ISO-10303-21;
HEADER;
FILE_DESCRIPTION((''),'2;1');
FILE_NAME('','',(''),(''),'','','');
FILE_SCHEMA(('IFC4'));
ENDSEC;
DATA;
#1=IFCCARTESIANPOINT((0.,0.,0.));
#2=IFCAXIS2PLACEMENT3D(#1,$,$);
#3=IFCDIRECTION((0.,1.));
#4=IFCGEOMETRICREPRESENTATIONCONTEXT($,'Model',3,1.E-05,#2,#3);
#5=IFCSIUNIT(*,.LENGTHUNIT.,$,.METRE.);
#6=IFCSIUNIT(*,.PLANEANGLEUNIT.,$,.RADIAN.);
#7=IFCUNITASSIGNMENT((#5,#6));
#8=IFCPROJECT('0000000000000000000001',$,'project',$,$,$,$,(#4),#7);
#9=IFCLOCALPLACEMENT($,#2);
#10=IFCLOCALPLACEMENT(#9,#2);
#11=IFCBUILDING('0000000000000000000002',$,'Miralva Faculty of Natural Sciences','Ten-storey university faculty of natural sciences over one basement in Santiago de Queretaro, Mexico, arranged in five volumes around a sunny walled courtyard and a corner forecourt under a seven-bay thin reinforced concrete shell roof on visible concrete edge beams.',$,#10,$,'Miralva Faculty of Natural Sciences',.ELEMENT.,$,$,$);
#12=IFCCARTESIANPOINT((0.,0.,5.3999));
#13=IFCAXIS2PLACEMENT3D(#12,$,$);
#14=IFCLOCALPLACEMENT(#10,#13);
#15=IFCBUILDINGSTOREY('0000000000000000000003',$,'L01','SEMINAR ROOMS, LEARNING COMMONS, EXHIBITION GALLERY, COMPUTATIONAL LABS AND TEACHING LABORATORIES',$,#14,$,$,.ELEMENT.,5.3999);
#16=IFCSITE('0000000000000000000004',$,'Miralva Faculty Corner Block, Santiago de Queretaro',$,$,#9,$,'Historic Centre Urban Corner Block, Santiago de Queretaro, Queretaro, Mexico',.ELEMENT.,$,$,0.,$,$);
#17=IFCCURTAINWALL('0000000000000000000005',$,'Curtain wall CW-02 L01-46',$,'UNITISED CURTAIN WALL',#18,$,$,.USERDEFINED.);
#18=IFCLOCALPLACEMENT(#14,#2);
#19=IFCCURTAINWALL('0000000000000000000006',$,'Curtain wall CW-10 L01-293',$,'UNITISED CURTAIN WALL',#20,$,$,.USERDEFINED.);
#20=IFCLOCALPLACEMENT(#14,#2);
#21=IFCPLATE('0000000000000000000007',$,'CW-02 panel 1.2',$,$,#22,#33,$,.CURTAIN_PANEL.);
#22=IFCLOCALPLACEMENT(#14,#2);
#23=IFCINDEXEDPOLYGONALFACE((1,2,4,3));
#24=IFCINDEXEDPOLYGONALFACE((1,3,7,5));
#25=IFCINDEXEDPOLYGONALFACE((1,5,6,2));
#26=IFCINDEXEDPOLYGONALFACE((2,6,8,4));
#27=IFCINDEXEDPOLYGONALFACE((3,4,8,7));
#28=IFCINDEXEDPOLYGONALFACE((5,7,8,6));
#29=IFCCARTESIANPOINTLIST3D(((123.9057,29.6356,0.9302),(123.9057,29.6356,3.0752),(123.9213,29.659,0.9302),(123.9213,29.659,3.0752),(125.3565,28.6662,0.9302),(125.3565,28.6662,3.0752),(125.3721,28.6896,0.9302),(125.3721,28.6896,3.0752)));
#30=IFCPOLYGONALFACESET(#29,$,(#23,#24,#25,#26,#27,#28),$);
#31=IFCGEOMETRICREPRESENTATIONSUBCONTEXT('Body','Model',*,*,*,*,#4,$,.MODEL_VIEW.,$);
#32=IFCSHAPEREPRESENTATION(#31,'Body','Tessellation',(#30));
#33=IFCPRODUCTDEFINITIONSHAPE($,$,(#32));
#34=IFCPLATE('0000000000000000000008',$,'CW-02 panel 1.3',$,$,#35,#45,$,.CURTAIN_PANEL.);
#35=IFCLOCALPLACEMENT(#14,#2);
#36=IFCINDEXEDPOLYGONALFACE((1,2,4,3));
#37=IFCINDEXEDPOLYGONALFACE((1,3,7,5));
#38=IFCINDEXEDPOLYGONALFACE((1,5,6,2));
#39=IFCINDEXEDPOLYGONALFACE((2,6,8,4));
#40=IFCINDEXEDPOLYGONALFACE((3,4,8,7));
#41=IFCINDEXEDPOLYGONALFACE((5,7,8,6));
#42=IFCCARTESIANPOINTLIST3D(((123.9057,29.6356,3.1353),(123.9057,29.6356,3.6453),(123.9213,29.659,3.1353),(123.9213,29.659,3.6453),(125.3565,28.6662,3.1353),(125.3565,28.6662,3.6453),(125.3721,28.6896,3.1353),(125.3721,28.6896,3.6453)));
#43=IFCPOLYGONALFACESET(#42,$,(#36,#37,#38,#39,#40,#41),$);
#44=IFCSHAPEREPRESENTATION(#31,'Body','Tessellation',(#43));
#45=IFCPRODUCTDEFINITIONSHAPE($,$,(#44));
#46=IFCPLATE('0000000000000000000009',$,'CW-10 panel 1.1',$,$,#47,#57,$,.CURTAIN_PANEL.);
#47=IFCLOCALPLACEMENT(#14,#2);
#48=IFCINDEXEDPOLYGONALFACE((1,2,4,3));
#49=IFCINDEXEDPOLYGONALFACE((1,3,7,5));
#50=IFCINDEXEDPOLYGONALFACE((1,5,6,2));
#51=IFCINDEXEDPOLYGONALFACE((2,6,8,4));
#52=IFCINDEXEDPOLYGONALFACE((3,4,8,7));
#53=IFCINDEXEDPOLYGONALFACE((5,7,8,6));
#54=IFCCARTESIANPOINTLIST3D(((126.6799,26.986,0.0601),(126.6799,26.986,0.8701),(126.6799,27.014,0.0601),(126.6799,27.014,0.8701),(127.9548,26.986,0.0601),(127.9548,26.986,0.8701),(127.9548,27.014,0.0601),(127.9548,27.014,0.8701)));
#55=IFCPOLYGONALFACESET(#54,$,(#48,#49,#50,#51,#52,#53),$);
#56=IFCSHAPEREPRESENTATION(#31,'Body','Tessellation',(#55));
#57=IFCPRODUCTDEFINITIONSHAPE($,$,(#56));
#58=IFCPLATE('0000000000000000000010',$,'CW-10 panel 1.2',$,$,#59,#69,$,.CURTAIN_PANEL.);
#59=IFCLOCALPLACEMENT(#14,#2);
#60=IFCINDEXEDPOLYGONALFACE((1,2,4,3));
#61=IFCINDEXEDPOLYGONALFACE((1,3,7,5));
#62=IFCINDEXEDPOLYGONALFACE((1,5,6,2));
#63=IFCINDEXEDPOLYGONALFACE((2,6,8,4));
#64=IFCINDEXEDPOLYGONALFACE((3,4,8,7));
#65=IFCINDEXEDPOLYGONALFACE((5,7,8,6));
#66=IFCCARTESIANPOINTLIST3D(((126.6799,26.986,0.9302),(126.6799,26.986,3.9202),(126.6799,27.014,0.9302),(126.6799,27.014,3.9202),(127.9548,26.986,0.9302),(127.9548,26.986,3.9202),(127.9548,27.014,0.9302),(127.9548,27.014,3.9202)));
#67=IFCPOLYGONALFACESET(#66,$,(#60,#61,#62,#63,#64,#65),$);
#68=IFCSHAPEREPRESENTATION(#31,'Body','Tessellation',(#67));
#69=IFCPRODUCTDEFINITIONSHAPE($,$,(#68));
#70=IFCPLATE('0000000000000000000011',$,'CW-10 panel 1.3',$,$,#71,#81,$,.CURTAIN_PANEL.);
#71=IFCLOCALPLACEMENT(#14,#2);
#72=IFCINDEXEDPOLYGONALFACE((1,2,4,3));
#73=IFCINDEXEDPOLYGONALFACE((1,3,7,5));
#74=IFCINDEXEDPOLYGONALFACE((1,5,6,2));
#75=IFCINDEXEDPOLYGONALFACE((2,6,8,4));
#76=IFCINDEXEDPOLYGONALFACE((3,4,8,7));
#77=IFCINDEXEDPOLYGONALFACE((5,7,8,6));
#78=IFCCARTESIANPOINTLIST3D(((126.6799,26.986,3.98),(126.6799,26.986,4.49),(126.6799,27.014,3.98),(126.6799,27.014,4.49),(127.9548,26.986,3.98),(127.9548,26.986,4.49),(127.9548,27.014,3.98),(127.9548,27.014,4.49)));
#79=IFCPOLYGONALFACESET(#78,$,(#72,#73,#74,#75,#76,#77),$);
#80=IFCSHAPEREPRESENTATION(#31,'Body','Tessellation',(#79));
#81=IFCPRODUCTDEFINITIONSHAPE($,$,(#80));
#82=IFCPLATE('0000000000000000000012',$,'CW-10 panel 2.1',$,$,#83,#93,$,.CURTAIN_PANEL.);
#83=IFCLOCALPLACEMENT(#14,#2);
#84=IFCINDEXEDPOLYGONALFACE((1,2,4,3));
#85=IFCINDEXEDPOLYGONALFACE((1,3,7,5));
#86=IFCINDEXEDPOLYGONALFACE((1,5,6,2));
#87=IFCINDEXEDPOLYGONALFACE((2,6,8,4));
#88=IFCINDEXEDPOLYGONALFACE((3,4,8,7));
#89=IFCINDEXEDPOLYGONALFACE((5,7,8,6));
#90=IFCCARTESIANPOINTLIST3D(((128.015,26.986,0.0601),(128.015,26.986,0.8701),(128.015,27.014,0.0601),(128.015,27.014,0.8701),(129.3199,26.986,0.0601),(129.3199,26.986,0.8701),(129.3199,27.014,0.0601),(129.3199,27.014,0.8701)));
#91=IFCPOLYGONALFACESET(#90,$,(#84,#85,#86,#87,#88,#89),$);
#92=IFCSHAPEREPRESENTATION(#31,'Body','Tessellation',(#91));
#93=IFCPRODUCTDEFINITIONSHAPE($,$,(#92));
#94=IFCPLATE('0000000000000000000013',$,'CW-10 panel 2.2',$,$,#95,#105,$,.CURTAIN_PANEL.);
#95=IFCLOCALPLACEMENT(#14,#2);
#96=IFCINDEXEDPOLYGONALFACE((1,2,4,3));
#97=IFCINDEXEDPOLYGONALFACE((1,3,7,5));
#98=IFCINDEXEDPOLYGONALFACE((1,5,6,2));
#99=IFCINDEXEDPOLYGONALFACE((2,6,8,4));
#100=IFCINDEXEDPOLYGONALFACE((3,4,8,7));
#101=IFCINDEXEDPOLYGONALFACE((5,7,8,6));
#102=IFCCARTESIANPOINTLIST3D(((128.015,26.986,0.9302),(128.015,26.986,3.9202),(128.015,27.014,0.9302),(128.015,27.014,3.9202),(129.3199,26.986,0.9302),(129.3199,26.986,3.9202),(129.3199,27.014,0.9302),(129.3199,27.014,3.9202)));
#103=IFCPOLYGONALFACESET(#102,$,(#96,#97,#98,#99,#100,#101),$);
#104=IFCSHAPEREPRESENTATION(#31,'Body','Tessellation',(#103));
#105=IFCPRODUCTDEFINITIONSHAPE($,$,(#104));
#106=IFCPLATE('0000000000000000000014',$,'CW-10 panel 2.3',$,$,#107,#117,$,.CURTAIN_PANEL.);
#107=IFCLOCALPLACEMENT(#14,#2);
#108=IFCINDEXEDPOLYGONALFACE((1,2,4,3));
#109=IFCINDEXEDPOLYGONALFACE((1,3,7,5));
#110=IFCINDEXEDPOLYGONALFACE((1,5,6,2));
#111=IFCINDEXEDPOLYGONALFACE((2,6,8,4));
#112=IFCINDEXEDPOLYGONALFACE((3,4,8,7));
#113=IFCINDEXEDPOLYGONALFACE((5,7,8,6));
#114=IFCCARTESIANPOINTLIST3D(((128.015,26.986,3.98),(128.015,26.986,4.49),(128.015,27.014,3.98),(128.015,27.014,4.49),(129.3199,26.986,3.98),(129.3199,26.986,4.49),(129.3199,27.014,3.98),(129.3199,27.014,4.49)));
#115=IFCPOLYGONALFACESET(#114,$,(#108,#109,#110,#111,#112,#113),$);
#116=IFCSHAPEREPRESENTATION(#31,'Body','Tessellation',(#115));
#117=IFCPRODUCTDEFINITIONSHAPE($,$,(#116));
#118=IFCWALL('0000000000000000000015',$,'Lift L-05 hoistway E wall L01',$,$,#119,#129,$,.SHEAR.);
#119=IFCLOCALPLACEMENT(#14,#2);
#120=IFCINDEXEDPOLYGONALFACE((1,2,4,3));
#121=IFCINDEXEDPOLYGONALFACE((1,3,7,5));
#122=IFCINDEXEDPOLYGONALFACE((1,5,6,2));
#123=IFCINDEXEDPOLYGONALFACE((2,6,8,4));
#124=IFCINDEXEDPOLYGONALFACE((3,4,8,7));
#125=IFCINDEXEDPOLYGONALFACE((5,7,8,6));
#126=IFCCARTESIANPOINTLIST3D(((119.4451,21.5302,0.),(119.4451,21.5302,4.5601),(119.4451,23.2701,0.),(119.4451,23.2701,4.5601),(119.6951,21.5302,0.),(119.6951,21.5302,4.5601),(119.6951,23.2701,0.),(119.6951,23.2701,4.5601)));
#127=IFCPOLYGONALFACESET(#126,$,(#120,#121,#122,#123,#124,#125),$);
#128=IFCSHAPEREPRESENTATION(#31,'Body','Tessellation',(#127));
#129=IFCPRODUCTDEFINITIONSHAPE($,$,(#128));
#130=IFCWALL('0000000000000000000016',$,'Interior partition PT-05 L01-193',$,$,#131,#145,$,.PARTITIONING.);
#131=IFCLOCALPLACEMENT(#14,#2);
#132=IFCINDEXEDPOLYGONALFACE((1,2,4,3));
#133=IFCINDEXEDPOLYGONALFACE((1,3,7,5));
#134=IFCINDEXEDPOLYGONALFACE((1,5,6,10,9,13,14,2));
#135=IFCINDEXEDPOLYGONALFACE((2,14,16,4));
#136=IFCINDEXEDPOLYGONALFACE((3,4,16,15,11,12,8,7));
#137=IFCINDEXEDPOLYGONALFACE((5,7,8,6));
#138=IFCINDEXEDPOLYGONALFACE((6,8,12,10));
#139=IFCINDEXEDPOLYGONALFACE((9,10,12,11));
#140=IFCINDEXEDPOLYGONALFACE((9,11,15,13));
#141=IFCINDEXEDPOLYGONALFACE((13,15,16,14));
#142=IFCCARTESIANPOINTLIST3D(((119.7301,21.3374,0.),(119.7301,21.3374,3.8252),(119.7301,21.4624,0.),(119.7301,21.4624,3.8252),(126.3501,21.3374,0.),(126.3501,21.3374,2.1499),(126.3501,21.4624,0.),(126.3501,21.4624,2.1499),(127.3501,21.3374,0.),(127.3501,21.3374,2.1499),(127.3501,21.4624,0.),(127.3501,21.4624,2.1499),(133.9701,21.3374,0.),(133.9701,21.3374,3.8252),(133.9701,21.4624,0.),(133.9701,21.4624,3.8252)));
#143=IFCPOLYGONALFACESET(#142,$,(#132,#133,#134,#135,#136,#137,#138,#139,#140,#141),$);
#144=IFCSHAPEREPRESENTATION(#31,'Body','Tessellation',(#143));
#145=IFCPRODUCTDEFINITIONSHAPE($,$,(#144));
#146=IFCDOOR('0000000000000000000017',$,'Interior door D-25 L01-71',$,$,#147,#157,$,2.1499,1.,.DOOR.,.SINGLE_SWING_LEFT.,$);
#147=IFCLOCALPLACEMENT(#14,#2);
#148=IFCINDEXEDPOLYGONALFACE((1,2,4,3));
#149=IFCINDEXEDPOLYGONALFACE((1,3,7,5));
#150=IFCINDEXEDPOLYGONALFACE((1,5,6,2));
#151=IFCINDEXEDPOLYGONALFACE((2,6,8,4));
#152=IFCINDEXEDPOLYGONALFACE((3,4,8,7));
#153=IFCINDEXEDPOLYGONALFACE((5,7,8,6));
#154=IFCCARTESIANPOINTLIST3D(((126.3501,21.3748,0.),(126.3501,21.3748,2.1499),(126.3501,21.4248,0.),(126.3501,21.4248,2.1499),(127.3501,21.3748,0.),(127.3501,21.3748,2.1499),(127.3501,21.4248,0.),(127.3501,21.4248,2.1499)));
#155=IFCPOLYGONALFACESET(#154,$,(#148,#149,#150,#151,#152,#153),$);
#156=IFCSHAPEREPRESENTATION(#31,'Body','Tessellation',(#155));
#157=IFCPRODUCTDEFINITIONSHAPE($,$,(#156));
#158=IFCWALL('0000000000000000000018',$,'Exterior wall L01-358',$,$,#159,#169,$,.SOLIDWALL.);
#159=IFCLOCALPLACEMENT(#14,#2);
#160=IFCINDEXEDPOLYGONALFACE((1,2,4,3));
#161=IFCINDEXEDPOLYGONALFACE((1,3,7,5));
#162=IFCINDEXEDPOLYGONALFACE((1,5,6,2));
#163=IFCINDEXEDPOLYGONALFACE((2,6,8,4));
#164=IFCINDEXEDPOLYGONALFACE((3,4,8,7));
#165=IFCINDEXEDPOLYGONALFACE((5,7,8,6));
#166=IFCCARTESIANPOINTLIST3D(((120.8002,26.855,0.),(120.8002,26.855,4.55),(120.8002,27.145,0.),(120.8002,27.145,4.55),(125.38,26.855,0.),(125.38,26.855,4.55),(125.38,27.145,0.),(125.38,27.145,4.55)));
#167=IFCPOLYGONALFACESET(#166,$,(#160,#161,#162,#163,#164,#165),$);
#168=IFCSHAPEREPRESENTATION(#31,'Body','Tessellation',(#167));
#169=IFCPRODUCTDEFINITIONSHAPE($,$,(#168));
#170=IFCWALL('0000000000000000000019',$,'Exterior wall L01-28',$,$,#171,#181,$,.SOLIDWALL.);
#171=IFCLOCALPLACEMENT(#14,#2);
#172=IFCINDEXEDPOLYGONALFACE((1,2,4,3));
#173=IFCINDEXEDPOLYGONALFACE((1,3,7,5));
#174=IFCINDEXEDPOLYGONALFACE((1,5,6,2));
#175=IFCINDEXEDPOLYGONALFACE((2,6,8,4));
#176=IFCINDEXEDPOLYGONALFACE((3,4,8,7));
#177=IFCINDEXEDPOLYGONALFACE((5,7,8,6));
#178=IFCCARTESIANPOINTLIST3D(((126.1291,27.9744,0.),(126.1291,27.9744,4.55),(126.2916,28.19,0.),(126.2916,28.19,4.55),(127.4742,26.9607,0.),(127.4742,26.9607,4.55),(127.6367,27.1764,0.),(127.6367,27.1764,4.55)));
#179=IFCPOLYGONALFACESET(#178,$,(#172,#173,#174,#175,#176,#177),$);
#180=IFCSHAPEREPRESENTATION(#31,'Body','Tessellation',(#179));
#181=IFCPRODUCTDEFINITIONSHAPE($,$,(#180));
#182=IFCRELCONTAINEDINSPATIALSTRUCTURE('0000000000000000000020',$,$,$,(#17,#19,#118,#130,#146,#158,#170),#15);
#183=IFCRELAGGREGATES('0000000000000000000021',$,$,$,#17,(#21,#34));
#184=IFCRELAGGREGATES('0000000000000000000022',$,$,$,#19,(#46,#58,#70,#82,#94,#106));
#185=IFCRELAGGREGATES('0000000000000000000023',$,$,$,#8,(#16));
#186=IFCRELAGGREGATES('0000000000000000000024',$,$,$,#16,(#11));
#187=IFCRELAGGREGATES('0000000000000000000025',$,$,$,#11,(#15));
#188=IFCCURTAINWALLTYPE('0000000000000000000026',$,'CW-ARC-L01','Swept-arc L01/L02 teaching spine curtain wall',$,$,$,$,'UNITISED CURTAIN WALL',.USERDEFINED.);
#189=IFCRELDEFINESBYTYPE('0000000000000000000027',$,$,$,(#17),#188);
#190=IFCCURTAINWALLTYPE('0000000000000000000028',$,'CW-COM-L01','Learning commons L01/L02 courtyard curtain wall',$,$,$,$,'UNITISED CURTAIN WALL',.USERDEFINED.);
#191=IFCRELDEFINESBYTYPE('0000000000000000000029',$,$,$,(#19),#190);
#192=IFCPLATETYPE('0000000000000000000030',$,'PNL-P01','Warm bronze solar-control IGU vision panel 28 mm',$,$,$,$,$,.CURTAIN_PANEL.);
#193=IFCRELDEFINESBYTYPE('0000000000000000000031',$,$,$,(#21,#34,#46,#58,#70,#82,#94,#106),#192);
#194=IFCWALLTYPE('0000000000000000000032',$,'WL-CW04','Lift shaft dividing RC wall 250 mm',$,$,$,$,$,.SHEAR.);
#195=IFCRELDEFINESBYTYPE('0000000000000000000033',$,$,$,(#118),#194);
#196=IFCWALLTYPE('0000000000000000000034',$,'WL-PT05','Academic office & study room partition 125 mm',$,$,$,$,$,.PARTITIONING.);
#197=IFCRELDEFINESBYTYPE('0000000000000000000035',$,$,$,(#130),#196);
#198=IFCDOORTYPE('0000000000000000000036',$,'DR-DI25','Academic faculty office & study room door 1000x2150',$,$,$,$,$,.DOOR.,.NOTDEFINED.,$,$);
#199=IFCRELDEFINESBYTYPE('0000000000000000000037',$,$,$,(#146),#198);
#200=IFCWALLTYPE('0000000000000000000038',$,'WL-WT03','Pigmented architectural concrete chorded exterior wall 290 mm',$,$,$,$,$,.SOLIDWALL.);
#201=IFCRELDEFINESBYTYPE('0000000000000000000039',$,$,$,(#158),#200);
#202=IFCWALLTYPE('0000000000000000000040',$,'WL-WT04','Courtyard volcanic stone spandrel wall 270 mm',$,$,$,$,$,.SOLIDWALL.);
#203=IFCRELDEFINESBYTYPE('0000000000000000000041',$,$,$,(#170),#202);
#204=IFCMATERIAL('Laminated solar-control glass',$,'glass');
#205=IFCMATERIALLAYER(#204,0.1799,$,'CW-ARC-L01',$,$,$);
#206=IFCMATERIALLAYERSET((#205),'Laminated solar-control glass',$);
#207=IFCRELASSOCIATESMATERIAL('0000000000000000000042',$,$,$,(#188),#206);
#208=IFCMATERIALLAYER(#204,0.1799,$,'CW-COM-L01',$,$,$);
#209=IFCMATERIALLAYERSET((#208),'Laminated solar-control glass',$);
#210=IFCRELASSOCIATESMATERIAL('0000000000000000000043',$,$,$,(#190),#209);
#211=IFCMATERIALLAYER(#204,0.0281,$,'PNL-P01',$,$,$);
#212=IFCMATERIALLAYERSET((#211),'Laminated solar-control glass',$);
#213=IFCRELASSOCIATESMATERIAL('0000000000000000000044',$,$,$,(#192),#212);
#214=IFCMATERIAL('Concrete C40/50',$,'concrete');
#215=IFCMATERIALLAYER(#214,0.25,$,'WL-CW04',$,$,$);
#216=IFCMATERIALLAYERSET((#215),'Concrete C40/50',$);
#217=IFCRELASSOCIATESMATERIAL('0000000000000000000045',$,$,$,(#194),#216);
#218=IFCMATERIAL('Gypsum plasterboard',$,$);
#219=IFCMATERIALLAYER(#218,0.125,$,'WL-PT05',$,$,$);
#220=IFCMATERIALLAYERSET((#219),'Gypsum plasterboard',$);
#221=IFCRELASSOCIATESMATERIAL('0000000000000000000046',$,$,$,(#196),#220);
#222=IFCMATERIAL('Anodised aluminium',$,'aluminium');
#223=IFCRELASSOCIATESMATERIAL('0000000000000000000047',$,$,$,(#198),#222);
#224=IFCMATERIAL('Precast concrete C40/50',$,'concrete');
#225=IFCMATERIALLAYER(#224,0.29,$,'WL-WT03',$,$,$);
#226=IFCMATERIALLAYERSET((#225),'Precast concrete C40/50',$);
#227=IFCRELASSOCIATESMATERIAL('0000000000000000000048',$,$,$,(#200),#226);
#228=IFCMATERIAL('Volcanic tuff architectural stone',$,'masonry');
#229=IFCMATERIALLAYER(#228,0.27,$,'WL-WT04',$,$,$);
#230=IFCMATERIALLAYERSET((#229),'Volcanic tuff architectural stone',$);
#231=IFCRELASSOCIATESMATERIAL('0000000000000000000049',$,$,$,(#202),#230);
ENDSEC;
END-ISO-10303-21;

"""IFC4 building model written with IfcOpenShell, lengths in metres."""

from ifc_helpers import new_model, si_unit, direction, frame, frame_2d, origin, origin_2d, place, context, subcontext, project, spatial, rectangle, extrude, material, layer, layer_set, type_object, element, fill, aggregate, save


model = new_model("IFC4")

# Units and contexts
model_context = context("Model", 3, precision=1e-05, world=origin(), true_north=direction((0.0, 1.0)))
body_context = subcontext(model_context, "Body", "Model", "MODEL_VIEW")
ifc_project = project(units=[si_unit("LENGTHUNIT", "METRE"), si_unit("PLANEANGLEUNIT", "RADIAN")], contexts=[model_context])

# Site, building, storey
site_placement = place(None, origin())
site = spatial("IfcSite", under=ifc_project, at=site_placement, Name="Miralva Faculty Corner Block, Santiago de Queretaro", LongName="Historic Centre Urban Corner Block, Santiago de Queretaro, Queretaro, Mexico", CompositionType="ELEMENT", RefElevation=0.0)
building_placement = place(site_placement, origin())
building = spatial("IfcBuilding", under=site, at=building_placement, Name="Miralva Faculty of Natural Sciences", Description="Ten-storey university faculty of natural sciences over one basement in Santiago de Queretaro, Mexico, arranged in five volumes around a sunny walled courtyard and a corner forecourt under a seven-bay thin reinforced concrete shell roof on visible concrete edge beams.", LongName="Miralva Faculty of Natural Sciences", CompositionType="ELEMENT")
storey_placement = place(building_placement, frame((0.0, 0.0, 5.3999)))
storey = spatial("IfcBuildingStorey", under=building, at=storey_placement, Name="L01", Description="SEMINAR ROOMS, LEARNING COMMONS, EXHIBITION GALLERY, COMPUTATIONAL LABS AND TEACHING LABORATORIES", CompositionType="ELEMENT", Elevation=5.3999)

# Shared definitions
ifc_material_1 = material(Name="Concrete C40/50", Category="concrete")

# Shared definitions
ifc_material_2 = material(Name="Laminated solar-control glass", Category="glass")
ifc_layer_1 = layer(ifc_material_2, 0.1799, Name="CW-ARC-L01")
ifc_layer_set_1 = layer_set([ifc_layer_1], Name="Laminated solar-control glass")
curtain_wall_type_1 = type_object("IfcCurtainWallType", Name="CW-ARC-L01", Description="Swept-arc L01/L02 teaching spine curtain wall", ElementType="UNITISED CURTAIN WALL", PredefinedType="USERDEFINED", material=ifc_layer_set_1)
ifc_material_3 = material(Name="Anodised aluminium", Category="aluminium")

# Curtain walls
curtain_wall_1_placement = place(storey_placement, origin())
curtain_wall_1 = element("IfcCurtainWall", 1, at=curtain_wall_1_placement, inside=storey, type_object=curtain_wall_type_1, Name="Curtain wall CW-02 L01-46", ObjectType="UNITISED CURTAIN WALL", PredefinedType="USERDEFINED")
ifc_layer_2 = layer(ifc_material_2, 0.1799, Name="CW-COM-L01")
ifc_layer_set_2 = layer_set([ifc_layer_2], Name="Laminated solar-control glass")
curtain_wall_type_2 = type_object("IfcCurtainWallType", Name="CW-COM-L01", Description="Learning commons L01/L02 courtyard curtain wall", ElementType="UNITISED CURTAIN WALL", PredefinedType="USERDEFINED", material=ifc_layer_set_2)
curtain_wall_2_placement = place(storey_placement, origin())
curtain_wall_2 = element("IfcCurtainWall", 2, at=curtain_wall_2_placement, inside=storey, type_object=curtain_wall_type_2, Name="Curtain wall CW-10 L01-293", ObjectType="UNITISED CURTAIN WALL", PredefinedType="USERDEFINED")

# Plates
ifc_layer_3 = layer(ifc_material_2, 0.0281, Name="PNL-P01")
ifc_layer_set_3 = layer_set([ifc_layer_3], Name="Laminated solar-control glass")
plate_type = type_object("IfcPlateType", Name="PNL-P01", Description="Warm bronze solar-control IGU vision panel 28 mm", PredefinedType="CURTAIN_PANEL", material=ifc_layer_set_3)
plate_1_placement = place(storey_placement, frame((124.6389, 29.1626, 0.9302), z_axis=(0.0, 0.0, 1.0), x_axis=(0.831475, -0.555562, 0.0)))
plate_1 = element("IfcPlate", 3, at=plate_1_placement, type_object=plate_type, Name="CW-02 panel 1.2", PredefinedType="CURTAIN_PANEL", context=body_context, shape_type="SweptSolid", body=[
    extrude(rectangle(XDim=1.7449, YDim=0.0281, at=origin_2d()), origin(), (0.0, 0.0, 1.0), 2.145),
])
plate_2_placement = place(storey_placement, frame((124.6389, 29.1626, 3.1353), z_axis=(0.0, 0.0, 1.0), x_axis=(0.831475, -0.555562, 0.0)))
plate_2 = element("IfcPlate", 4, at=plate_2_placement, type_object=plate_type, Name="CW-02 panel 1.3", PredefinedType="CURTAIN_PANEL", context=body_context, shape_type="SweptSolid", body=[
    extrude(rectangle(XDim=1.7449, YDim=0.0281, at=origin_2d()), origin(), (0.0, 0.0, 1.0), 0.51),
])
aggregate(curtain_wall_1, [plate_1, plate_2])
plate_3_placement = place(storey_placement, frame((127.3174, 27.0, 0.0601), z_axis=(0.0, 0.0, 1.0), x_axis=(1.0, 0.0, 0.0)))
plate_3 = element("IfcPlate", 5, at=plate_3_placement, type_object=plate_type, Name="CW-10 panel 1.1", PredefinedType="CURTAIN_PANEL", context=body_context, shape_type="SweptSolid", body=[
    extrude(rectangle(XDim=1.2749, YDim=0.0281, at=origin_2d()), origin(), (0.0, 0.0, 1.0), 0.8101),
])
plate_4_placement = place(storey_placement, frame((127.3174, 27.0, 0.9302), z_axis=(0.0, 0.0, 1.0), x_axis=(1.0, 0.0, 0.0)))
plate_4 = element("IfcPlate", 6, at=plate_4_placement, type_object=plate_type, Name="CW-10 panel 1.2", PredefinedType="CURTAIN_PANEL", context=body_context, shape_type="SweptSolid", body=[
    extrude(rectangle(XDim=1.2749, YDim=0.0281, at=origin_2d()), origin(), (0.0, 0.0, 1.0), 2.99),
])
plate_5_placement = place(storey_placement, frame((127.3174, 27.0, 3.98), z_axis=(0.0, 0.0, 1.0), x_axis=(1.0, 0.0, 0.0)))
plate_5 = element("IfcPlate", 7, at=plate_5_placement, type_object=plate_type, Name="CW-10 panel 1.3", PredefinedType="CURTAIN_PANEL", context=body_context, shape_type="SweptSolid", body=[
    extrude(rectangle(XDim=1.2749, YDim=0.0281, at=origin_2d()), origin(), (0.0, 0.0, 1.0), 0.51),
])
plate_6_placement = place(storey_placement, frame((128.6675, 27.0, 0.0601), z_axis=(0.0, 0.0, 1.0), x_axis=(1.0, 0.0, 0.0)))
plate_6 = element("IfcPlate", 8, at=plate_6_placement, type_object=plate_type, Name="CW-10 panel 2.1", PredefinedType="CURTAIN_PANEL", context=body_context, shape_type="SweptSolid", body=[
    extrude(rectangle(XDim=1.3049, YDim=0.0281, at=origin_2d()), origin(), (0.0, 0.0, 1.0), 0.8101),
])
plate_7_placement = place(storey_placement, frame((128.6675, 27.0, 0.9302), z_axis=(0.0, 0.0, 1.0), x_axis=(1.0, 0.0, 0.0)))
plate_7 = element("IfcPlate", 9, at=plate_7_placement, type_object=plate_type, Name="CW-10 panel 2.2", PredefinedType="CURTAIN_PANEL", context=body_context, shape_type="SweptSolid", body=[
    extrude(rectangle(XDim=1.3049, YDim=0.0281, at=origin_2d()), origin(), (0.0, 0.0, 1.0), 2.99),
])
plate_8_placement = place(storey_placement, frame((128.6675, 27.0, 3.98), z_axis=(0.0, 0.0, 1.0), x_axis=(1.0, 0.0, 0.0)))
plate_8 = element("IfcPlate", 10, at=plate_8_placement, type_object=plate_type, Name="CW-10 panel 2.3", PredefinedType="CURTAIN_PANEL", context=body_context, shape_type="SweptSolid", body=[
    extrude(rectangle(XDim=1.3049, YDim=0.0281, at=origin_2d()), origin(), (0.0, 0.0, 1.0), 0.51),
])
aggregate(curtain_wall_2, [plate_3, plate_4, plate_5, plate_6, plate_7, plate_8])

# Wall
ifc_layer_4 = layer(ifc_material_1, 0.25, Name="WL-CW04")
ifc_layer_set_4 = layer_set([ifc_layer_4], Name="Concrete C40/50")
wall_type_1 = type_object("IfcWallType", Name="WL-CW04", Description="Lift shaft dividing RC wall 250 mm", PredefinedType="SHEAR", material=ifc_layer_set_4)
wall_1_placement = place(storey_placement, frame((119.5701, 21.53, 0.0), z_axis=(0.0, 0.0, 1.0), x_axis=(0.0, 1.0, 0.0)))
element("IfcWall", 11, at=wall_1_placement, inside=storey, type_object=wall_type_1, Name="Lift L-05 hoistway E wall L01", PredefinedType="SHEAR", context=body_context, shape_type="SweptSolid", body=[
    extrude(rectangle(XDim=1.74, YDim=0.25, at=frame_2d((0.8701, 0.0))), origin(), (0.0, 0.0, 1.0), 4.5601),
])

# Wall, opening, door
ifc_material_4 = material(Name="Gypsum plasterboard")
ifc_layer_5 = layer(ifc_material_4, 0.125, Name="WL-PT05")
ifc_layer_set_5 = layer_set([ifc_layer_5], Name="Gypsum plasterboard")
wall_type_2 = type_object("IfcWallType", Name="WL-PT05", Description="Academic office & study room partition 125 mm", PredefinedType="PARTITIONING", material=ifc_layer_set_5)
wall_2_placement = place(storey_placement, frame((119.73, 21.3999, 0.0), z_axis=(0.0, 0.0, 1.0), x_axis=(1.0, 0.0, 0.0)))
wall_2 = element("IfcWall", 12, at=wall_2_placement, inside=storey, type_object=wall_type_2, Name="Interior partition PT-05 L01-193", PredefinedType="PARTITIONING", context=body_context, shape_type="SweptSolid", body=[
    extrude(rectangle(XDim=14.24, YDim=0.125, at=frame_2d((7.1201, 0.0))), origin(), (0.0, 0.0, 1.0), 3.8252),
])
opening_placement = place(wall_2_placement, frame((6.6201, 0.0, 0.0)))
opening = element("IfcOpeningElement", 13, at=opening_placement, cuts=wall_2, PredefinedType="OPENING", context=body_context, shape_type="SweptSolid", body=[
    extrude(rectangle(XDim=1.0, YDim=2.1499, at=frame_2d((0.5, 1.075))), frame((0.0, 0.0725, 0.0), z_axis=(0.0, -1.0, 0.0), x_axis=(1.0, 0.0, 0.0)), (0.0, 0.0, 1.0), 0.145),
])
door_type = type_object("IfcDoorType", Name="DR-DI25", Description="Academic faculty office & study room door 1000x2150", OperationType="NOTDEFINED", PredefinedType="DOOR", material=ifc_material_3)
door_placement = place(opening_placement, origin())
door = element("IfcDoor", 14, at=door_placement, inside=storey, type_object=door_type, Name="Interior door D-25 L01-71", OperationType="SINGLE_SWING_LEFT", OverallHeight=2.1499, OverallWidth=1.0, PredefinedType="DOOR", context=body_context, shape_type="SweptSolid", body=[
    extrude(rectangle(XDim=1.0, YDim=2.1499, at=frame_2d((0.5, 1.075))), frame((0.0, 0.0249, 0.0), z_axis=(0.0, -1.0, 0.0), x_axis=(1.0, 0.0, 0.0)), (0.0, 0.0, 1.0), 0.05),
])
fill(opening, door)

# Walls
ifc_material_5 = material(Name="Precast concrete C40/50", Category="concrete")
ifc_layer_6 = layer(ifc_material_5, 0.29, Name="WL-WT03")
ifc_layer_set_6 = layer_set([ifc_layer_6], Name="Precast concrete C40/50")
wall_type_3 = type_object("IfcWallType", Name="WL-WT03", Description="Pigmented architectural concrete chorded exterior wall 290 mm", PredefinedType="SOLIDWALL", material=ifc_layer_set_6)
wall_3_placement = place(storey_placement, frame((120.8, 27.0, 0.0), z_axis=(0.0, 0.0, 1.0), x_axis=(1.0, 0.0, 0.0)))
element("IfcWall", 15, at=wall_3_placement, inside=storey, type_object=wall_type_3, Name="Exterior wall L01-358", PredefinedType="SOLIDWALL", context=body_context, shape_type="SweptSolid", body=[
    extrude(rectangle(XDim=4.5798, YDim=0.29, at=frame_2d((2.29, 0.0))), origin(), (0.0, 0.0, 1.0), 4.55),
])
ifc_material_6 = material(Name="Volcanic tuff architectural stone", Category="masonry")
ifc_layer_7 = layer(ifc_material_6, 0.27, Name="WL-WT04")
ifc_layer_set_7 = layer_set([ifc_layer_7], Name="Volcanic tuff architectural stone")
wall_type_4 = type_object("IfcWallType", Name="WL-WT04", Description="Courtyard volcanic stone spandrel wall 270 mm", PredefinedType="SOLIDWALL", material=ifc_layer_set_7)
wall_4_placement = place(storey_placement, frame((126.2102, 28.0823, 0.0), z_axis=(0.0, 0.0, 1.0), x_axis=(0.798641, -0.601807, 0.0)))
element("IfcWall", 16, at=wall_4_placement, inside=storey, type_object=wall_type_4, Name="Exterior wall L01-28", PredefinedType="SOLIDWALL", context=body_context, shape_type="SweptSolid", body=[
    extrude(rectangle(XDim=1.6843, YDim=0.27, at=frame_2d((0.8423, 0.0))), origin(), (0.0, 0.0, 1.0), 4.55),
])

save(model, "model.ifc")
